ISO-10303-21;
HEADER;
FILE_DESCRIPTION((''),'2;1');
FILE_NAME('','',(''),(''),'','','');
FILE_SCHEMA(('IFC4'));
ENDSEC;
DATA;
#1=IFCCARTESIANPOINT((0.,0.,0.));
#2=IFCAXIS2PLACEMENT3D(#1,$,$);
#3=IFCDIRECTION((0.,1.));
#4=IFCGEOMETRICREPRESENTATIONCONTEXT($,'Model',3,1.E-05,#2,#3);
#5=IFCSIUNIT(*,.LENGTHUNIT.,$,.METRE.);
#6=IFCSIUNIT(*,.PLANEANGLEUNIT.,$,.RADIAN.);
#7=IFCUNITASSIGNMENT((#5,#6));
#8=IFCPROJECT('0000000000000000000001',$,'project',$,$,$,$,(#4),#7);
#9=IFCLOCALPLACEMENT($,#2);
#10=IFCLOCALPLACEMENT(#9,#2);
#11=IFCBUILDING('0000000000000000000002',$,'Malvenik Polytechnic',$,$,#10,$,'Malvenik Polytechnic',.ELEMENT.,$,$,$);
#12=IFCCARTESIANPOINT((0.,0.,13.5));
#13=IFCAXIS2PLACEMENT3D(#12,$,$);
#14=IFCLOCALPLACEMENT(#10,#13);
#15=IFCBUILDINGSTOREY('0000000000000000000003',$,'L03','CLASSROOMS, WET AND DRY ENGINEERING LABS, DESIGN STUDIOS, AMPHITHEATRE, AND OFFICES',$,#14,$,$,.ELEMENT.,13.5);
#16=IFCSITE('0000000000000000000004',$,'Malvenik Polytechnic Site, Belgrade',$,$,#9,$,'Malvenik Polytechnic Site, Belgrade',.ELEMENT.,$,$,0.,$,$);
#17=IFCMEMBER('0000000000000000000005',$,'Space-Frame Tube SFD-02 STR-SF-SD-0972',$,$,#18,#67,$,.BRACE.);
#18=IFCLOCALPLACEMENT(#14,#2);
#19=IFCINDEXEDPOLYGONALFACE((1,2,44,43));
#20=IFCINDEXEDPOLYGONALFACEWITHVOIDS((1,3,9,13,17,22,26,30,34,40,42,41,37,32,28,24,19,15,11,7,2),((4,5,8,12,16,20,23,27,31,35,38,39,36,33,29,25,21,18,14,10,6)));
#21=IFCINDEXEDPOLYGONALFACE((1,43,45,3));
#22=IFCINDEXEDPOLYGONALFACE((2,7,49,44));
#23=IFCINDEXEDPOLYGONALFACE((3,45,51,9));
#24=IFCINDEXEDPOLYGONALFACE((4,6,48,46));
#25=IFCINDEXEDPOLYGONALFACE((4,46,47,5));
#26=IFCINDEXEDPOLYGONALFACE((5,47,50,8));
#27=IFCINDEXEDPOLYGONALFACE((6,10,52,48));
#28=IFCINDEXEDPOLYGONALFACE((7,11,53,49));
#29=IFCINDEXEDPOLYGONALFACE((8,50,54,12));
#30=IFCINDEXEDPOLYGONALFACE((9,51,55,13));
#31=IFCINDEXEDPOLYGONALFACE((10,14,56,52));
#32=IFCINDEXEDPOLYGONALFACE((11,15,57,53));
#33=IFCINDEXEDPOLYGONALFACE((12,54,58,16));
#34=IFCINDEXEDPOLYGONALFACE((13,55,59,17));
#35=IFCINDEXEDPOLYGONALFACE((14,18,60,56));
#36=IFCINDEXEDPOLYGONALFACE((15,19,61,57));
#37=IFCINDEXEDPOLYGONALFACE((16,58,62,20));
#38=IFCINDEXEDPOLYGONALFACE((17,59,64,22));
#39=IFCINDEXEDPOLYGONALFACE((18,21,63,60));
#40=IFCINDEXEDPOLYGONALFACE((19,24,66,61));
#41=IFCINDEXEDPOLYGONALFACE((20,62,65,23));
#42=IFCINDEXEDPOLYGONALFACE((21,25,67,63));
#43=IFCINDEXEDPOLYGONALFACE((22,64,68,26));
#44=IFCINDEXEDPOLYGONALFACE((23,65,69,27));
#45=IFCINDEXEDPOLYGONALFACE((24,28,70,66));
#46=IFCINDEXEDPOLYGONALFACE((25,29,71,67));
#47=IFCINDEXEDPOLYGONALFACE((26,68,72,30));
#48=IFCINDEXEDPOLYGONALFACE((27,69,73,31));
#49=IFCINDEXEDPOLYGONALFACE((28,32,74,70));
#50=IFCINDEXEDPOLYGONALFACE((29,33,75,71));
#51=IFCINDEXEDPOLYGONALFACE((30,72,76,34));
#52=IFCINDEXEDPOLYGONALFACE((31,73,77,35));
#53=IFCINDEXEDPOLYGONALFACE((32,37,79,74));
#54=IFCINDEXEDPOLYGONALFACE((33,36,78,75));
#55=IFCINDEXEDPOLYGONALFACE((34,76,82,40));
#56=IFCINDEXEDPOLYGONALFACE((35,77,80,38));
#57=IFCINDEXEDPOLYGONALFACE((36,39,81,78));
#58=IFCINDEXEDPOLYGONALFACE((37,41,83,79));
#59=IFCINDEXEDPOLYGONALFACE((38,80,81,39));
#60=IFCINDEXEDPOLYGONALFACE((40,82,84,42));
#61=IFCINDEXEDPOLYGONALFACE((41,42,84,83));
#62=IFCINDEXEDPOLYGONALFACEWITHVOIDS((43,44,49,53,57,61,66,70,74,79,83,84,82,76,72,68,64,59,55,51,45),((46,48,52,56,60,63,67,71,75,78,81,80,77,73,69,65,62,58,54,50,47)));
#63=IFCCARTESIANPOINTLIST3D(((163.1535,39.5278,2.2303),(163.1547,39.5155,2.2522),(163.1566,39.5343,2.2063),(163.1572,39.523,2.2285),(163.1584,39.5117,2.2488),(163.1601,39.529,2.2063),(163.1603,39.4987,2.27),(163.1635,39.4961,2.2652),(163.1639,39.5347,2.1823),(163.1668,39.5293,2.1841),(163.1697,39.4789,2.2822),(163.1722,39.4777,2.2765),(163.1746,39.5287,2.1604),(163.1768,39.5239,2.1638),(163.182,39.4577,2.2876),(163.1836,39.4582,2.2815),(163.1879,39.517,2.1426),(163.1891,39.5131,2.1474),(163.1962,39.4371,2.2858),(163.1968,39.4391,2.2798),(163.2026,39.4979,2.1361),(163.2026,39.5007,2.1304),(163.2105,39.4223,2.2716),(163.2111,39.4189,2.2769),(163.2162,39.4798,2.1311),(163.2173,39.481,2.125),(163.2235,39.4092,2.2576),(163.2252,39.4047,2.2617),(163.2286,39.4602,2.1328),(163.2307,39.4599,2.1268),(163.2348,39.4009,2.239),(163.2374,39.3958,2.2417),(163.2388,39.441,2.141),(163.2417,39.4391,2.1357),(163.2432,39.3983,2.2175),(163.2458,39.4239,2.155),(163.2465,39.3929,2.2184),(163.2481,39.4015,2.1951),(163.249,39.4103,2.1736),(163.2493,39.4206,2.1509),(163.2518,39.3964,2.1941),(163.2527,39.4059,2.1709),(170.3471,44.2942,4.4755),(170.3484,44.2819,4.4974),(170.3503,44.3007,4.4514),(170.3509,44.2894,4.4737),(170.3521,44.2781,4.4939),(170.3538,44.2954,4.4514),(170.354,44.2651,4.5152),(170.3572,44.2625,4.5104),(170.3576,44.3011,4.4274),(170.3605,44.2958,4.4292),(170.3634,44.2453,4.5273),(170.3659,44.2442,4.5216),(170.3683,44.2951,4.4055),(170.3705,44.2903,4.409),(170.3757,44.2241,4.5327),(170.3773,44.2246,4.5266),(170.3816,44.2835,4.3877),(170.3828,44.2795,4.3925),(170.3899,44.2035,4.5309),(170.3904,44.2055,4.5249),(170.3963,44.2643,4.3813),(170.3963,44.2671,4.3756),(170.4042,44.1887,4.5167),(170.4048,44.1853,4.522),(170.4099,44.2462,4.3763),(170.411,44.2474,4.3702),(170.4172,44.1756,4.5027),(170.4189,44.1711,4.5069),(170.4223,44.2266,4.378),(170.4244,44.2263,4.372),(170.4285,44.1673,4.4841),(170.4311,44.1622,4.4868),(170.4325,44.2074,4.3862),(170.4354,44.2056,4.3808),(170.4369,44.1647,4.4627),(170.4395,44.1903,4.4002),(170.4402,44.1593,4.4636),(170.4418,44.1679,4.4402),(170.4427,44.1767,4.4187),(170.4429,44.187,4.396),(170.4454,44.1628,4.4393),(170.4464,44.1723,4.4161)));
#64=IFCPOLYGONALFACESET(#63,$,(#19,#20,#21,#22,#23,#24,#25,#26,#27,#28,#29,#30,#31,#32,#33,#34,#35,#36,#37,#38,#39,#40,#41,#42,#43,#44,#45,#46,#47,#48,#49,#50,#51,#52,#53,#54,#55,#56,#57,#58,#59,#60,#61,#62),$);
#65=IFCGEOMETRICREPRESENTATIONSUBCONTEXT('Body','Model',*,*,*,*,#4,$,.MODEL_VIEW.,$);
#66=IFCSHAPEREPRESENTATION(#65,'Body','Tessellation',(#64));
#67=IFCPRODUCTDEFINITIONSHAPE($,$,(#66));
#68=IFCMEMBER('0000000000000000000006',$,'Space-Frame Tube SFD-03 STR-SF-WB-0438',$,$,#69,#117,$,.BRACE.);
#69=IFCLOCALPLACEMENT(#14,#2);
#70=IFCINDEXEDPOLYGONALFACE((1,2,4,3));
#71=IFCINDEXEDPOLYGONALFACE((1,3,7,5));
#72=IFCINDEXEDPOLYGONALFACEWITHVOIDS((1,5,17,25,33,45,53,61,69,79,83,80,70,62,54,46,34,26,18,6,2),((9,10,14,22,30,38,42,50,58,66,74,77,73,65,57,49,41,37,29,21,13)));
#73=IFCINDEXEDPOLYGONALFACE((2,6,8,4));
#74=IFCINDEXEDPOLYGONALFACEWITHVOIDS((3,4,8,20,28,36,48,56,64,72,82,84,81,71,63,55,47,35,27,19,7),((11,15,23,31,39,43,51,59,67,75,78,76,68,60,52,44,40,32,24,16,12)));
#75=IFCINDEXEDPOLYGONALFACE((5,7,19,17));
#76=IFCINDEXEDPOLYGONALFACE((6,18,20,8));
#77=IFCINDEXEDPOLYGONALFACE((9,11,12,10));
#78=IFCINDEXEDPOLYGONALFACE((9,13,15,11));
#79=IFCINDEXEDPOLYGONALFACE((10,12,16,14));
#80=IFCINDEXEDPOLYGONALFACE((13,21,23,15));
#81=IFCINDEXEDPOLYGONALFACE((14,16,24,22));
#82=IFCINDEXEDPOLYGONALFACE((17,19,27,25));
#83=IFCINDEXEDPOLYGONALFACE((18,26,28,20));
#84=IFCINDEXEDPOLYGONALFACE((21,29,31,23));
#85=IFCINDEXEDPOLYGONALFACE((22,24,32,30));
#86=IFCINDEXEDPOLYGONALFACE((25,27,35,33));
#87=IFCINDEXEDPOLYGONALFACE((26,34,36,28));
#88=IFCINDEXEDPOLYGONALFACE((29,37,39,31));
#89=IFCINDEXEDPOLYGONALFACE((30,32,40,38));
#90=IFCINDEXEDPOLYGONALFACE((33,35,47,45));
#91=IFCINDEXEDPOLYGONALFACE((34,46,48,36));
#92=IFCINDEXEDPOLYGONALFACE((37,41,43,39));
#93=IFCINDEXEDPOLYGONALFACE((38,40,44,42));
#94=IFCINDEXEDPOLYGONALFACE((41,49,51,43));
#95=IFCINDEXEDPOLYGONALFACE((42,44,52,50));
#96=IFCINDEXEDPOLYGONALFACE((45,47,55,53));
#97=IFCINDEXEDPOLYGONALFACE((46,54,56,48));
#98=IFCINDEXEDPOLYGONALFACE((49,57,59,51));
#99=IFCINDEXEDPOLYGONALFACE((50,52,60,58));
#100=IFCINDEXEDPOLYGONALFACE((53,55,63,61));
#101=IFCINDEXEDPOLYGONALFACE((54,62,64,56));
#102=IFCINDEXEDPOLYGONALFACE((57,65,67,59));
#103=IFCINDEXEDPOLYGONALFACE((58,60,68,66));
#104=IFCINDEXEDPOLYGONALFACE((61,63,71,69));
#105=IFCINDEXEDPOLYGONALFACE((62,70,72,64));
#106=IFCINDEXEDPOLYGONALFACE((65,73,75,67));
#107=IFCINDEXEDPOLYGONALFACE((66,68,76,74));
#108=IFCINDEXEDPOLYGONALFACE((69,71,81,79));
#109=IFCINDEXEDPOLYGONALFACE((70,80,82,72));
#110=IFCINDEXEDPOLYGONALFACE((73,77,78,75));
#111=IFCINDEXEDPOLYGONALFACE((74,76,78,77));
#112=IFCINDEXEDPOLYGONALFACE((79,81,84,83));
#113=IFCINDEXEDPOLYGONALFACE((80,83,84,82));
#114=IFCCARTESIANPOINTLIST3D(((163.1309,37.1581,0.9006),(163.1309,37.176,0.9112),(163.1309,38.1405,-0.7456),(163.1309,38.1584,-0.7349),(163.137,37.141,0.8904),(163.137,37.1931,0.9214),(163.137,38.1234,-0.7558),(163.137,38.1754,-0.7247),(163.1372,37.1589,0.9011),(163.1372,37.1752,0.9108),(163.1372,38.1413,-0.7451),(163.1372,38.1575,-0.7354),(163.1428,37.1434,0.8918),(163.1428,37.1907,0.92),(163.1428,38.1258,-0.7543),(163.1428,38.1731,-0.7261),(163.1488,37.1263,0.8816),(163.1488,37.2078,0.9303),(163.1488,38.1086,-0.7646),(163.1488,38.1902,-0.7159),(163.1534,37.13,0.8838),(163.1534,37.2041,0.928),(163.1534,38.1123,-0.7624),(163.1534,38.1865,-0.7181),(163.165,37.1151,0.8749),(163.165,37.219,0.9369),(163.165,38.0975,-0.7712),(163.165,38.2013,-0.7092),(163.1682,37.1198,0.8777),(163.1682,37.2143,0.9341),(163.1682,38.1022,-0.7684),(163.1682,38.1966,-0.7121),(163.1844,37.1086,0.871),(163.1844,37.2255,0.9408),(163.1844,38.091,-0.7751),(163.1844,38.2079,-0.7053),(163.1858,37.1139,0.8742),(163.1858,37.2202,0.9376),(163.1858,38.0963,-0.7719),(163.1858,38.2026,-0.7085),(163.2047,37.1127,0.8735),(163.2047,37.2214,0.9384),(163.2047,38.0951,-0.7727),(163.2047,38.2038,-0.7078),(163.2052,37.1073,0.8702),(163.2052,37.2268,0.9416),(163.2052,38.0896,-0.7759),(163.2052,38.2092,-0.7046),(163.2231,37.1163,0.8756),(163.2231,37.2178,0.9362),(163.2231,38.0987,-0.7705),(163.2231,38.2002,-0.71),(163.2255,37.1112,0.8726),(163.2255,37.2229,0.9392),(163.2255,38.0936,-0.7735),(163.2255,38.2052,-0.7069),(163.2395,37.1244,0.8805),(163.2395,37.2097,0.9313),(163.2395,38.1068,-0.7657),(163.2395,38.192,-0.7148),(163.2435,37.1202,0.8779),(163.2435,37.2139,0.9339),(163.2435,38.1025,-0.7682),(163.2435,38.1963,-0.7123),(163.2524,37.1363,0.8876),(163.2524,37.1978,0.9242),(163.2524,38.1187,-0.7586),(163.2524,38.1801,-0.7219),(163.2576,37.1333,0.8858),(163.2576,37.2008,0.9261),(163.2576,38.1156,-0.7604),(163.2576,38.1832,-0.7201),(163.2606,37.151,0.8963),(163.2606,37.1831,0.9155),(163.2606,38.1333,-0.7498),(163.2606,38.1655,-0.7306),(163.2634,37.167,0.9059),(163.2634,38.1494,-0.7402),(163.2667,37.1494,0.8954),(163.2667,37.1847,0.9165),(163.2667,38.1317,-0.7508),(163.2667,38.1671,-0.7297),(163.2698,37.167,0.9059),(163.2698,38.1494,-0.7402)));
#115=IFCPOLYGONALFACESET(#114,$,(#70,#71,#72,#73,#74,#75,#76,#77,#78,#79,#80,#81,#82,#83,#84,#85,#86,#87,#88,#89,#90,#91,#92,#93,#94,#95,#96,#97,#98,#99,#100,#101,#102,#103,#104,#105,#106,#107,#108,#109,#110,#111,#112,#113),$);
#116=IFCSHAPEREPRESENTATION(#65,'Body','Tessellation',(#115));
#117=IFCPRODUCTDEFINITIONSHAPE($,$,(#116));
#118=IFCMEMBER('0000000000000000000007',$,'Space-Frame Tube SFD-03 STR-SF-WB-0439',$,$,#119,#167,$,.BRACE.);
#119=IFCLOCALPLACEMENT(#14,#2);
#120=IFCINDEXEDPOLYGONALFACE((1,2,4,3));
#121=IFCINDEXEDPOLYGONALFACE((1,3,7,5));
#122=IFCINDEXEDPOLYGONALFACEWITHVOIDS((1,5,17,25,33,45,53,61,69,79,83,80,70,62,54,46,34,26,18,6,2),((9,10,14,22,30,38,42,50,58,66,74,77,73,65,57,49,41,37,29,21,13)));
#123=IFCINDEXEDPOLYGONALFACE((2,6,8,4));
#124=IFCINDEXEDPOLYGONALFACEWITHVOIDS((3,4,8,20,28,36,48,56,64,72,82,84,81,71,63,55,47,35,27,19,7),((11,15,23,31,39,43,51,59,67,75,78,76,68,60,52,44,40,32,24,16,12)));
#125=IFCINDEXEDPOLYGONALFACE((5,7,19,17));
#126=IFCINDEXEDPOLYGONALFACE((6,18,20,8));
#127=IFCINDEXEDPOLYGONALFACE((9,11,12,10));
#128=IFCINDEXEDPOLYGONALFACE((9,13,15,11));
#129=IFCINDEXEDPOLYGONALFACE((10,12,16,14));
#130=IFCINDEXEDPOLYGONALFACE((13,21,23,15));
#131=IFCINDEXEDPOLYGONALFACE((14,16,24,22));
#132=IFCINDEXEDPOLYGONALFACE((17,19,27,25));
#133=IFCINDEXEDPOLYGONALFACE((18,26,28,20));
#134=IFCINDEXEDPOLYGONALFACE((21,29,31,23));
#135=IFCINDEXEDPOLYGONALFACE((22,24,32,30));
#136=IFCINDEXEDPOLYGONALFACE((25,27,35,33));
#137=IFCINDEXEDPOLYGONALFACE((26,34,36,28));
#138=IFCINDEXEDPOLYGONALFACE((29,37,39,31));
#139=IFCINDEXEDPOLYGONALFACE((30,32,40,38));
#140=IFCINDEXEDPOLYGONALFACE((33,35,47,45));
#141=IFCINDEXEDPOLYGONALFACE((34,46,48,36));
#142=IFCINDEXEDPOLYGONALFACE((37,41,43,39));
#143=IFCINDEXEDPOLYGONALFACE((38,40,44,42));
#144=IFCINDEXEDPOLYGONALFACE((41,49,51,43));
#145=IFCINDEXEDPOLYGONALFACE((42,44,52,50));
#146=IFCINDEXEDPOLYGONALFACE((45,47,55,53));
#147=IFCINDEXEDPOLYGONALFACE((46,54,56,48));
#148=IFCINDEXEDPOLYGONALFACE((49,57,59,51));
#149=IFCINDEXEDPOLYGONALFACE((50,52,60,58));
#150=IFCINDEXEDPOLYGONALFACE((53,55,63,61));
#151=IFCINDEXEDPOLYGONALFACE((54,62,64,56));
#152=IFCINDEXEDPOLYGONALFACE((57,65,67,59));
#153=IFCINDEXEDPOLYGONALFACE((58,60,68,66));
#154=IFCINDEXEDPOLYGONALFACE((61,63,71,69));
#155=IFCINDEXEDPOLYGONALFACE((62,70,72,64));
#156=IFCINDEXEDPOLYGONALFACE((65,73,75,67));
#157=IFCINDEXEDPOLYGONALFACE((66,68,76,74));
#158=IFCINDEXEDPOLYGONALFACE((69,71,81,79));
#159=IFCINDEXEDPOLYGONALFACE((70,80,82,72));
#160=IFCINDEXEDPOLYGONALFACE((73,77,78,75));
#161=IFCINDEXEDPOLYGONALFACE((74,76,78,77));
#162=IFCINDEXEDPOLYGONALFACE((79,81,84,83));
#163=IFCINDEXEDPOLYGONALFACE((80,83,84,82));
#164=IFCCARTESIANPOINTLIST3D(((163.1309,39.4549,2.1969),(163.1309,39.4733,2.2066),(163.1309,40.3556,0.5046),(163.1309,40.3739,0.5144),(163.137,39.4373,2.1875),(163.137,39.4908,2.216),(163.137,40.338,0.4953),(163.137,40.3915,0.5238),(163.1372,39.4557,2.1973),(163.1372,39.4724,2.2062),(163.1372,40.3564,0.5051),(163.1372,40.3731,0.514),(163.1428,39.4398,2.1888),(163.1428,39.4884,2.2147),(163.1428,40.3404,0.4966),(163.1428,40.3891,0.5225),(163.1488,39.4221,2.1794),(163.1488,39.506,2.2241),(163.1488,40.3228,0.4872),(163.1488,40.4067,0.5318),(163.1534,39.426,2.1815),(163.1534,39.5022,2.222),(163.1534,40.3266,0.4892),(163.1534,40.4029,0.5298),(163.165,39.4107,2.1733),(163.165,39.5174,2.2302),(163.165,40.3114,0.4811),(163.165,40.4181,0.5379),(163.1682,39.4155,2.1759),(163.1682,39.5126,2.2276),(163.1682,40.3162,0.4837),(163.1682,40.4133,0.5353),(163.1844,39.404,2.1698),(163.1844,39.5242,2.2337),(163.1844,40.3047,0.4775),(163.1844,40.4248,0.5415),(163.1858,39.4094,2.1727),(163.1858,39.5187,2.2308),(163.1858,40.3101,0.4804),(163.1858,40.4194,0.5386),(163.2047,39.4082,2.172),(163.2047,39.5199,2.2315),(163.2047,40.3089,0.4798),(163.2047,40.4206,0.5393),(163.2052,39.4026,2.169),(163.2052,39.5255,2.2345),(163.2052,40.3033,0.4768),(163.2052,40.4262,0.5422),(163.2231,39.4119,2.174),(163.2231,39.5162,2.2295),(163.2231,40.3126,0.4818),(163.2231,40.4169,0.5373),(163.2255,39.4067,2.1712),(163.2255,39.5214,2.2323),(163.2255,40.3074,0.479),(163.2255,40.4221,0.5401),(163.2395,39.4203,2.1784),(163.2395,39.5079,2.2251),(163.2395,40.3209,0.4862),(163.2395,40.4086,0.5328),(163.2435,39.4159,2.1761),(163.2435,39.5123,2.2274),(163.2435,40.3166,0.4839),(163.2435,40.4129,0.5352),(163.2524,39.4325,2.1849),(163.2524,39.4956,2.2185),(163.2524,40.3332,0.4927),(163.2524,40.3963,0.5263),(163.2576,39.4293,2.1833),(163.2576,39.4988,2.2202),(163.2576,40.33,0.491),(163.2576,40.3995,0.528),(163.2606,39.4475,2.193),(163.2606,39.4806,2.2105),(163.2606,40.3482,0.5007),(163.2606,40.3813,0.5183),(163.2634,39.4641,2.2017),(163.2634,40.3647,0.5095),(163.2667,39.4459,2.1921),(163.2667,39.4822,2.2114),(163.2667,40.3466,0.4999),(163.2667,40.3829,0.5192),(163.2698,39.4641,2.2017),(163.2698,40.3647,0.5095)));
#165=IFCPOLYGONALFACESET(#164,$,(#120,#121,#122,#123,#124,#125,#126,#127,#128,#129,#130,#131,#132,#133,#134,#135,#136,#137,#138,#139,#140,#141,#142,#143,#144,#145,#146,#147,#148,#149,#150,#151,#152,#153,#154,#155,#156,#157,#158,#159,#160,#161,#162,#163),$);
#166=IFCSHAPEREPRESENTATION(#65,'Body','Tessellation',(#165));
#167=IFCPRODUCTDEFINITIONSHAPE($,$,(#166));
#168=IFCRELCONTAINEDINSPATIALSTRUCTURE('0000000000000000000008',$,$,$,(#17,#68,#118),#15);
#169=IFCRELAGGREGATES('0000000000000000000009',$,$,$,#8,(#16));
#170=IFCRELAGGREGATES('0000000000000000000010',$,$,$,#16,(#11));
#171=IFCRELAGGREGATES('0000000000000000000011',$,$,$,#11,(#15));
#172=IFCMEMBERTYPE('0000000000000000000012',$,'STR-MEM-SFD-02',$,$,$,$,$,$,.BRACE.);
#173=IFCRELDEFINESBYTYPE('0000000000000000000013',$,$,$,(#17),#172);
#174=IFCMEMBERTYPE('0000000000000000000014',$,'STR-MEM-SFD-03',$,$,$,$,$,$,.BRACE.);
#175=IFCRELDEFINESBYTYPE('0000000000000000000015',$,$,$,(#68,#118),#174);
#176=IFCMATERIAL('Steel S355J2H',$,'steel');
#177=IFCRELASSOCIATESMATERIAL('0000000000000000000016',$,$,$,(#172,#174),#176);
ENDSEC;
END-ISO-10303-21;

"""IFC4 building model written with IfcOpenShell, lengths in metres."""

from ifc_helpers import new_model, si_unit, direction, frame, origin, origin_2d, place, context, subcontext, project, spatial, hollow_circle, extrude, material, material_profile, profile_set, type_object, element, save


model = new_model("IFC4")

# Units and contexts
model_context = context("Model", 3, precision=1e-05, world=origin(), true_north=direction((0.0, 1.0)))
body_context = subcontext(model_context, "Body", "Model", "MODEL_VIEW")
ifc_project = project(units=[si_unit("LENGTHUNIT", "METRE"), si_unit("PLANEANGLEUNIT", "RADIAN")], contexts=[model_context])

# Site, building, storey
site_placement = place(None, origin())
site = spatial("IfcSite", under=ifc_project, at=site_placement, Name="Malvenik Polytechnic Site, Belgrade", LongName="Malvenik Polytechnic Site, Belgrade", CompositionType="ELEMENT", RefElevation=0.0)
building_placement = place(site_placement, origin())
building = spatial("IfcBuilding", under=site, at=building_placement, Name="Malvenik Polytechnic", LongName="Malvenik Polytechnic", CompositionType="ELEMENT")
storey_placement = place(building_placement, frame((0.0, 0.0, 13.5)))
storey = spatial("IfcBuildingStorey", under=building, at=storey_placement, Name="L03", Description="CLASSROOMS, WET AND DRY ENGINEERING LABS, DESIGN STUDIOS, AMPHITHEATRE, AND OFFICES", CompositionType="ELEMENT", Elevation=13.5)

# Members
ifc_material_1 = material(Name="Steel S355J2H", Category="steel")
ifc_material_profile_1 = material_profile(ifc_material_1, hollow_circle(Radius=0.0842, WallThickness=0.0063, at=origin_2d()), Name="CHS 168.3x6.3")
ifc_profile_set_1 = profile_set([ifc_material_profile_1], Name="Steel S355J2H")
member_type_1 = type_object("IfcMemberType", Name="STR-MEM-SFD-02", PredefinedType="BRACE", material=ifc_profile_set_1)
for number, where, z_axis, x_axis, name in (
    (1, (163.2031, 39.4641, 2.2063), (0.806761, 0.534546, 0.251789), (-0.552341, 0.833618, 0.0), "Space-Frame Tube SFD-02 STR-SF-SD-0972"),
):
    element("IfcMember", number, at=place(storey_placement, frame(where, z_axis=z_axis, x_axis=x_axis)), inside=storey, type_object=member_type_1, Name=name, PredefinedType="BRACE", context=body_context, shape_type="SweptSolid", body=[
        extrude(hollow_circle(Radius=0.0842, WallThickness=0.0063, at=origin_2d()), origin(), (0.0, 0.0, 1.0), 8.9167),
    ])
ifc_material_profile_2 = material_profile(ifc_material_1, hollow_circle(Radius=0.0698, WallThickness=0.0063, at=origin_2d()), Name="CHS 139.7x6.3")
ifc_profile_set_2 = profile_set([ifc_material_profile_2], Name="Steel S355J2H")
member_type_2 = type_object("IfcMemberType", Name="STR-MEM-SFD-03", PredefinedType="BRACE", material=ifc_profile_set_2)
for number, where, z_axis, x_axis, name in (
    (2, (163.2, 38.1494, -0.7402), (0.0, -0.512453, 0.858715), (1.0, 0.0, 0.0), "Space-Frame Tube SFD-03 STR-SF-WB-0438"),
    (3, (163.2, 40.3647, 0.5095), (0.0, -0.469841, 0.882751), (1.0, 0.0, 0.0), "Space-Frame Tube SFD-03 STR-SF-WB-0439"),
):
    element("IfcMember", number, at=place(storey_placement, frame(where, z_axis=z_axis, x_axis=x_axis)), inside=storey, type_object=member_type_2, Name=name, PredefinedType="BRACE", context=body_context, shape_type="SweptSolid", body=[
        extrude(hollow_circle(Radius=0.0698, WallThickness=0.0063, at=origin_2d()), origin(), (0.0, 0.0, 1.0), 1.917),
    ])

save(model, "model.ifc")
